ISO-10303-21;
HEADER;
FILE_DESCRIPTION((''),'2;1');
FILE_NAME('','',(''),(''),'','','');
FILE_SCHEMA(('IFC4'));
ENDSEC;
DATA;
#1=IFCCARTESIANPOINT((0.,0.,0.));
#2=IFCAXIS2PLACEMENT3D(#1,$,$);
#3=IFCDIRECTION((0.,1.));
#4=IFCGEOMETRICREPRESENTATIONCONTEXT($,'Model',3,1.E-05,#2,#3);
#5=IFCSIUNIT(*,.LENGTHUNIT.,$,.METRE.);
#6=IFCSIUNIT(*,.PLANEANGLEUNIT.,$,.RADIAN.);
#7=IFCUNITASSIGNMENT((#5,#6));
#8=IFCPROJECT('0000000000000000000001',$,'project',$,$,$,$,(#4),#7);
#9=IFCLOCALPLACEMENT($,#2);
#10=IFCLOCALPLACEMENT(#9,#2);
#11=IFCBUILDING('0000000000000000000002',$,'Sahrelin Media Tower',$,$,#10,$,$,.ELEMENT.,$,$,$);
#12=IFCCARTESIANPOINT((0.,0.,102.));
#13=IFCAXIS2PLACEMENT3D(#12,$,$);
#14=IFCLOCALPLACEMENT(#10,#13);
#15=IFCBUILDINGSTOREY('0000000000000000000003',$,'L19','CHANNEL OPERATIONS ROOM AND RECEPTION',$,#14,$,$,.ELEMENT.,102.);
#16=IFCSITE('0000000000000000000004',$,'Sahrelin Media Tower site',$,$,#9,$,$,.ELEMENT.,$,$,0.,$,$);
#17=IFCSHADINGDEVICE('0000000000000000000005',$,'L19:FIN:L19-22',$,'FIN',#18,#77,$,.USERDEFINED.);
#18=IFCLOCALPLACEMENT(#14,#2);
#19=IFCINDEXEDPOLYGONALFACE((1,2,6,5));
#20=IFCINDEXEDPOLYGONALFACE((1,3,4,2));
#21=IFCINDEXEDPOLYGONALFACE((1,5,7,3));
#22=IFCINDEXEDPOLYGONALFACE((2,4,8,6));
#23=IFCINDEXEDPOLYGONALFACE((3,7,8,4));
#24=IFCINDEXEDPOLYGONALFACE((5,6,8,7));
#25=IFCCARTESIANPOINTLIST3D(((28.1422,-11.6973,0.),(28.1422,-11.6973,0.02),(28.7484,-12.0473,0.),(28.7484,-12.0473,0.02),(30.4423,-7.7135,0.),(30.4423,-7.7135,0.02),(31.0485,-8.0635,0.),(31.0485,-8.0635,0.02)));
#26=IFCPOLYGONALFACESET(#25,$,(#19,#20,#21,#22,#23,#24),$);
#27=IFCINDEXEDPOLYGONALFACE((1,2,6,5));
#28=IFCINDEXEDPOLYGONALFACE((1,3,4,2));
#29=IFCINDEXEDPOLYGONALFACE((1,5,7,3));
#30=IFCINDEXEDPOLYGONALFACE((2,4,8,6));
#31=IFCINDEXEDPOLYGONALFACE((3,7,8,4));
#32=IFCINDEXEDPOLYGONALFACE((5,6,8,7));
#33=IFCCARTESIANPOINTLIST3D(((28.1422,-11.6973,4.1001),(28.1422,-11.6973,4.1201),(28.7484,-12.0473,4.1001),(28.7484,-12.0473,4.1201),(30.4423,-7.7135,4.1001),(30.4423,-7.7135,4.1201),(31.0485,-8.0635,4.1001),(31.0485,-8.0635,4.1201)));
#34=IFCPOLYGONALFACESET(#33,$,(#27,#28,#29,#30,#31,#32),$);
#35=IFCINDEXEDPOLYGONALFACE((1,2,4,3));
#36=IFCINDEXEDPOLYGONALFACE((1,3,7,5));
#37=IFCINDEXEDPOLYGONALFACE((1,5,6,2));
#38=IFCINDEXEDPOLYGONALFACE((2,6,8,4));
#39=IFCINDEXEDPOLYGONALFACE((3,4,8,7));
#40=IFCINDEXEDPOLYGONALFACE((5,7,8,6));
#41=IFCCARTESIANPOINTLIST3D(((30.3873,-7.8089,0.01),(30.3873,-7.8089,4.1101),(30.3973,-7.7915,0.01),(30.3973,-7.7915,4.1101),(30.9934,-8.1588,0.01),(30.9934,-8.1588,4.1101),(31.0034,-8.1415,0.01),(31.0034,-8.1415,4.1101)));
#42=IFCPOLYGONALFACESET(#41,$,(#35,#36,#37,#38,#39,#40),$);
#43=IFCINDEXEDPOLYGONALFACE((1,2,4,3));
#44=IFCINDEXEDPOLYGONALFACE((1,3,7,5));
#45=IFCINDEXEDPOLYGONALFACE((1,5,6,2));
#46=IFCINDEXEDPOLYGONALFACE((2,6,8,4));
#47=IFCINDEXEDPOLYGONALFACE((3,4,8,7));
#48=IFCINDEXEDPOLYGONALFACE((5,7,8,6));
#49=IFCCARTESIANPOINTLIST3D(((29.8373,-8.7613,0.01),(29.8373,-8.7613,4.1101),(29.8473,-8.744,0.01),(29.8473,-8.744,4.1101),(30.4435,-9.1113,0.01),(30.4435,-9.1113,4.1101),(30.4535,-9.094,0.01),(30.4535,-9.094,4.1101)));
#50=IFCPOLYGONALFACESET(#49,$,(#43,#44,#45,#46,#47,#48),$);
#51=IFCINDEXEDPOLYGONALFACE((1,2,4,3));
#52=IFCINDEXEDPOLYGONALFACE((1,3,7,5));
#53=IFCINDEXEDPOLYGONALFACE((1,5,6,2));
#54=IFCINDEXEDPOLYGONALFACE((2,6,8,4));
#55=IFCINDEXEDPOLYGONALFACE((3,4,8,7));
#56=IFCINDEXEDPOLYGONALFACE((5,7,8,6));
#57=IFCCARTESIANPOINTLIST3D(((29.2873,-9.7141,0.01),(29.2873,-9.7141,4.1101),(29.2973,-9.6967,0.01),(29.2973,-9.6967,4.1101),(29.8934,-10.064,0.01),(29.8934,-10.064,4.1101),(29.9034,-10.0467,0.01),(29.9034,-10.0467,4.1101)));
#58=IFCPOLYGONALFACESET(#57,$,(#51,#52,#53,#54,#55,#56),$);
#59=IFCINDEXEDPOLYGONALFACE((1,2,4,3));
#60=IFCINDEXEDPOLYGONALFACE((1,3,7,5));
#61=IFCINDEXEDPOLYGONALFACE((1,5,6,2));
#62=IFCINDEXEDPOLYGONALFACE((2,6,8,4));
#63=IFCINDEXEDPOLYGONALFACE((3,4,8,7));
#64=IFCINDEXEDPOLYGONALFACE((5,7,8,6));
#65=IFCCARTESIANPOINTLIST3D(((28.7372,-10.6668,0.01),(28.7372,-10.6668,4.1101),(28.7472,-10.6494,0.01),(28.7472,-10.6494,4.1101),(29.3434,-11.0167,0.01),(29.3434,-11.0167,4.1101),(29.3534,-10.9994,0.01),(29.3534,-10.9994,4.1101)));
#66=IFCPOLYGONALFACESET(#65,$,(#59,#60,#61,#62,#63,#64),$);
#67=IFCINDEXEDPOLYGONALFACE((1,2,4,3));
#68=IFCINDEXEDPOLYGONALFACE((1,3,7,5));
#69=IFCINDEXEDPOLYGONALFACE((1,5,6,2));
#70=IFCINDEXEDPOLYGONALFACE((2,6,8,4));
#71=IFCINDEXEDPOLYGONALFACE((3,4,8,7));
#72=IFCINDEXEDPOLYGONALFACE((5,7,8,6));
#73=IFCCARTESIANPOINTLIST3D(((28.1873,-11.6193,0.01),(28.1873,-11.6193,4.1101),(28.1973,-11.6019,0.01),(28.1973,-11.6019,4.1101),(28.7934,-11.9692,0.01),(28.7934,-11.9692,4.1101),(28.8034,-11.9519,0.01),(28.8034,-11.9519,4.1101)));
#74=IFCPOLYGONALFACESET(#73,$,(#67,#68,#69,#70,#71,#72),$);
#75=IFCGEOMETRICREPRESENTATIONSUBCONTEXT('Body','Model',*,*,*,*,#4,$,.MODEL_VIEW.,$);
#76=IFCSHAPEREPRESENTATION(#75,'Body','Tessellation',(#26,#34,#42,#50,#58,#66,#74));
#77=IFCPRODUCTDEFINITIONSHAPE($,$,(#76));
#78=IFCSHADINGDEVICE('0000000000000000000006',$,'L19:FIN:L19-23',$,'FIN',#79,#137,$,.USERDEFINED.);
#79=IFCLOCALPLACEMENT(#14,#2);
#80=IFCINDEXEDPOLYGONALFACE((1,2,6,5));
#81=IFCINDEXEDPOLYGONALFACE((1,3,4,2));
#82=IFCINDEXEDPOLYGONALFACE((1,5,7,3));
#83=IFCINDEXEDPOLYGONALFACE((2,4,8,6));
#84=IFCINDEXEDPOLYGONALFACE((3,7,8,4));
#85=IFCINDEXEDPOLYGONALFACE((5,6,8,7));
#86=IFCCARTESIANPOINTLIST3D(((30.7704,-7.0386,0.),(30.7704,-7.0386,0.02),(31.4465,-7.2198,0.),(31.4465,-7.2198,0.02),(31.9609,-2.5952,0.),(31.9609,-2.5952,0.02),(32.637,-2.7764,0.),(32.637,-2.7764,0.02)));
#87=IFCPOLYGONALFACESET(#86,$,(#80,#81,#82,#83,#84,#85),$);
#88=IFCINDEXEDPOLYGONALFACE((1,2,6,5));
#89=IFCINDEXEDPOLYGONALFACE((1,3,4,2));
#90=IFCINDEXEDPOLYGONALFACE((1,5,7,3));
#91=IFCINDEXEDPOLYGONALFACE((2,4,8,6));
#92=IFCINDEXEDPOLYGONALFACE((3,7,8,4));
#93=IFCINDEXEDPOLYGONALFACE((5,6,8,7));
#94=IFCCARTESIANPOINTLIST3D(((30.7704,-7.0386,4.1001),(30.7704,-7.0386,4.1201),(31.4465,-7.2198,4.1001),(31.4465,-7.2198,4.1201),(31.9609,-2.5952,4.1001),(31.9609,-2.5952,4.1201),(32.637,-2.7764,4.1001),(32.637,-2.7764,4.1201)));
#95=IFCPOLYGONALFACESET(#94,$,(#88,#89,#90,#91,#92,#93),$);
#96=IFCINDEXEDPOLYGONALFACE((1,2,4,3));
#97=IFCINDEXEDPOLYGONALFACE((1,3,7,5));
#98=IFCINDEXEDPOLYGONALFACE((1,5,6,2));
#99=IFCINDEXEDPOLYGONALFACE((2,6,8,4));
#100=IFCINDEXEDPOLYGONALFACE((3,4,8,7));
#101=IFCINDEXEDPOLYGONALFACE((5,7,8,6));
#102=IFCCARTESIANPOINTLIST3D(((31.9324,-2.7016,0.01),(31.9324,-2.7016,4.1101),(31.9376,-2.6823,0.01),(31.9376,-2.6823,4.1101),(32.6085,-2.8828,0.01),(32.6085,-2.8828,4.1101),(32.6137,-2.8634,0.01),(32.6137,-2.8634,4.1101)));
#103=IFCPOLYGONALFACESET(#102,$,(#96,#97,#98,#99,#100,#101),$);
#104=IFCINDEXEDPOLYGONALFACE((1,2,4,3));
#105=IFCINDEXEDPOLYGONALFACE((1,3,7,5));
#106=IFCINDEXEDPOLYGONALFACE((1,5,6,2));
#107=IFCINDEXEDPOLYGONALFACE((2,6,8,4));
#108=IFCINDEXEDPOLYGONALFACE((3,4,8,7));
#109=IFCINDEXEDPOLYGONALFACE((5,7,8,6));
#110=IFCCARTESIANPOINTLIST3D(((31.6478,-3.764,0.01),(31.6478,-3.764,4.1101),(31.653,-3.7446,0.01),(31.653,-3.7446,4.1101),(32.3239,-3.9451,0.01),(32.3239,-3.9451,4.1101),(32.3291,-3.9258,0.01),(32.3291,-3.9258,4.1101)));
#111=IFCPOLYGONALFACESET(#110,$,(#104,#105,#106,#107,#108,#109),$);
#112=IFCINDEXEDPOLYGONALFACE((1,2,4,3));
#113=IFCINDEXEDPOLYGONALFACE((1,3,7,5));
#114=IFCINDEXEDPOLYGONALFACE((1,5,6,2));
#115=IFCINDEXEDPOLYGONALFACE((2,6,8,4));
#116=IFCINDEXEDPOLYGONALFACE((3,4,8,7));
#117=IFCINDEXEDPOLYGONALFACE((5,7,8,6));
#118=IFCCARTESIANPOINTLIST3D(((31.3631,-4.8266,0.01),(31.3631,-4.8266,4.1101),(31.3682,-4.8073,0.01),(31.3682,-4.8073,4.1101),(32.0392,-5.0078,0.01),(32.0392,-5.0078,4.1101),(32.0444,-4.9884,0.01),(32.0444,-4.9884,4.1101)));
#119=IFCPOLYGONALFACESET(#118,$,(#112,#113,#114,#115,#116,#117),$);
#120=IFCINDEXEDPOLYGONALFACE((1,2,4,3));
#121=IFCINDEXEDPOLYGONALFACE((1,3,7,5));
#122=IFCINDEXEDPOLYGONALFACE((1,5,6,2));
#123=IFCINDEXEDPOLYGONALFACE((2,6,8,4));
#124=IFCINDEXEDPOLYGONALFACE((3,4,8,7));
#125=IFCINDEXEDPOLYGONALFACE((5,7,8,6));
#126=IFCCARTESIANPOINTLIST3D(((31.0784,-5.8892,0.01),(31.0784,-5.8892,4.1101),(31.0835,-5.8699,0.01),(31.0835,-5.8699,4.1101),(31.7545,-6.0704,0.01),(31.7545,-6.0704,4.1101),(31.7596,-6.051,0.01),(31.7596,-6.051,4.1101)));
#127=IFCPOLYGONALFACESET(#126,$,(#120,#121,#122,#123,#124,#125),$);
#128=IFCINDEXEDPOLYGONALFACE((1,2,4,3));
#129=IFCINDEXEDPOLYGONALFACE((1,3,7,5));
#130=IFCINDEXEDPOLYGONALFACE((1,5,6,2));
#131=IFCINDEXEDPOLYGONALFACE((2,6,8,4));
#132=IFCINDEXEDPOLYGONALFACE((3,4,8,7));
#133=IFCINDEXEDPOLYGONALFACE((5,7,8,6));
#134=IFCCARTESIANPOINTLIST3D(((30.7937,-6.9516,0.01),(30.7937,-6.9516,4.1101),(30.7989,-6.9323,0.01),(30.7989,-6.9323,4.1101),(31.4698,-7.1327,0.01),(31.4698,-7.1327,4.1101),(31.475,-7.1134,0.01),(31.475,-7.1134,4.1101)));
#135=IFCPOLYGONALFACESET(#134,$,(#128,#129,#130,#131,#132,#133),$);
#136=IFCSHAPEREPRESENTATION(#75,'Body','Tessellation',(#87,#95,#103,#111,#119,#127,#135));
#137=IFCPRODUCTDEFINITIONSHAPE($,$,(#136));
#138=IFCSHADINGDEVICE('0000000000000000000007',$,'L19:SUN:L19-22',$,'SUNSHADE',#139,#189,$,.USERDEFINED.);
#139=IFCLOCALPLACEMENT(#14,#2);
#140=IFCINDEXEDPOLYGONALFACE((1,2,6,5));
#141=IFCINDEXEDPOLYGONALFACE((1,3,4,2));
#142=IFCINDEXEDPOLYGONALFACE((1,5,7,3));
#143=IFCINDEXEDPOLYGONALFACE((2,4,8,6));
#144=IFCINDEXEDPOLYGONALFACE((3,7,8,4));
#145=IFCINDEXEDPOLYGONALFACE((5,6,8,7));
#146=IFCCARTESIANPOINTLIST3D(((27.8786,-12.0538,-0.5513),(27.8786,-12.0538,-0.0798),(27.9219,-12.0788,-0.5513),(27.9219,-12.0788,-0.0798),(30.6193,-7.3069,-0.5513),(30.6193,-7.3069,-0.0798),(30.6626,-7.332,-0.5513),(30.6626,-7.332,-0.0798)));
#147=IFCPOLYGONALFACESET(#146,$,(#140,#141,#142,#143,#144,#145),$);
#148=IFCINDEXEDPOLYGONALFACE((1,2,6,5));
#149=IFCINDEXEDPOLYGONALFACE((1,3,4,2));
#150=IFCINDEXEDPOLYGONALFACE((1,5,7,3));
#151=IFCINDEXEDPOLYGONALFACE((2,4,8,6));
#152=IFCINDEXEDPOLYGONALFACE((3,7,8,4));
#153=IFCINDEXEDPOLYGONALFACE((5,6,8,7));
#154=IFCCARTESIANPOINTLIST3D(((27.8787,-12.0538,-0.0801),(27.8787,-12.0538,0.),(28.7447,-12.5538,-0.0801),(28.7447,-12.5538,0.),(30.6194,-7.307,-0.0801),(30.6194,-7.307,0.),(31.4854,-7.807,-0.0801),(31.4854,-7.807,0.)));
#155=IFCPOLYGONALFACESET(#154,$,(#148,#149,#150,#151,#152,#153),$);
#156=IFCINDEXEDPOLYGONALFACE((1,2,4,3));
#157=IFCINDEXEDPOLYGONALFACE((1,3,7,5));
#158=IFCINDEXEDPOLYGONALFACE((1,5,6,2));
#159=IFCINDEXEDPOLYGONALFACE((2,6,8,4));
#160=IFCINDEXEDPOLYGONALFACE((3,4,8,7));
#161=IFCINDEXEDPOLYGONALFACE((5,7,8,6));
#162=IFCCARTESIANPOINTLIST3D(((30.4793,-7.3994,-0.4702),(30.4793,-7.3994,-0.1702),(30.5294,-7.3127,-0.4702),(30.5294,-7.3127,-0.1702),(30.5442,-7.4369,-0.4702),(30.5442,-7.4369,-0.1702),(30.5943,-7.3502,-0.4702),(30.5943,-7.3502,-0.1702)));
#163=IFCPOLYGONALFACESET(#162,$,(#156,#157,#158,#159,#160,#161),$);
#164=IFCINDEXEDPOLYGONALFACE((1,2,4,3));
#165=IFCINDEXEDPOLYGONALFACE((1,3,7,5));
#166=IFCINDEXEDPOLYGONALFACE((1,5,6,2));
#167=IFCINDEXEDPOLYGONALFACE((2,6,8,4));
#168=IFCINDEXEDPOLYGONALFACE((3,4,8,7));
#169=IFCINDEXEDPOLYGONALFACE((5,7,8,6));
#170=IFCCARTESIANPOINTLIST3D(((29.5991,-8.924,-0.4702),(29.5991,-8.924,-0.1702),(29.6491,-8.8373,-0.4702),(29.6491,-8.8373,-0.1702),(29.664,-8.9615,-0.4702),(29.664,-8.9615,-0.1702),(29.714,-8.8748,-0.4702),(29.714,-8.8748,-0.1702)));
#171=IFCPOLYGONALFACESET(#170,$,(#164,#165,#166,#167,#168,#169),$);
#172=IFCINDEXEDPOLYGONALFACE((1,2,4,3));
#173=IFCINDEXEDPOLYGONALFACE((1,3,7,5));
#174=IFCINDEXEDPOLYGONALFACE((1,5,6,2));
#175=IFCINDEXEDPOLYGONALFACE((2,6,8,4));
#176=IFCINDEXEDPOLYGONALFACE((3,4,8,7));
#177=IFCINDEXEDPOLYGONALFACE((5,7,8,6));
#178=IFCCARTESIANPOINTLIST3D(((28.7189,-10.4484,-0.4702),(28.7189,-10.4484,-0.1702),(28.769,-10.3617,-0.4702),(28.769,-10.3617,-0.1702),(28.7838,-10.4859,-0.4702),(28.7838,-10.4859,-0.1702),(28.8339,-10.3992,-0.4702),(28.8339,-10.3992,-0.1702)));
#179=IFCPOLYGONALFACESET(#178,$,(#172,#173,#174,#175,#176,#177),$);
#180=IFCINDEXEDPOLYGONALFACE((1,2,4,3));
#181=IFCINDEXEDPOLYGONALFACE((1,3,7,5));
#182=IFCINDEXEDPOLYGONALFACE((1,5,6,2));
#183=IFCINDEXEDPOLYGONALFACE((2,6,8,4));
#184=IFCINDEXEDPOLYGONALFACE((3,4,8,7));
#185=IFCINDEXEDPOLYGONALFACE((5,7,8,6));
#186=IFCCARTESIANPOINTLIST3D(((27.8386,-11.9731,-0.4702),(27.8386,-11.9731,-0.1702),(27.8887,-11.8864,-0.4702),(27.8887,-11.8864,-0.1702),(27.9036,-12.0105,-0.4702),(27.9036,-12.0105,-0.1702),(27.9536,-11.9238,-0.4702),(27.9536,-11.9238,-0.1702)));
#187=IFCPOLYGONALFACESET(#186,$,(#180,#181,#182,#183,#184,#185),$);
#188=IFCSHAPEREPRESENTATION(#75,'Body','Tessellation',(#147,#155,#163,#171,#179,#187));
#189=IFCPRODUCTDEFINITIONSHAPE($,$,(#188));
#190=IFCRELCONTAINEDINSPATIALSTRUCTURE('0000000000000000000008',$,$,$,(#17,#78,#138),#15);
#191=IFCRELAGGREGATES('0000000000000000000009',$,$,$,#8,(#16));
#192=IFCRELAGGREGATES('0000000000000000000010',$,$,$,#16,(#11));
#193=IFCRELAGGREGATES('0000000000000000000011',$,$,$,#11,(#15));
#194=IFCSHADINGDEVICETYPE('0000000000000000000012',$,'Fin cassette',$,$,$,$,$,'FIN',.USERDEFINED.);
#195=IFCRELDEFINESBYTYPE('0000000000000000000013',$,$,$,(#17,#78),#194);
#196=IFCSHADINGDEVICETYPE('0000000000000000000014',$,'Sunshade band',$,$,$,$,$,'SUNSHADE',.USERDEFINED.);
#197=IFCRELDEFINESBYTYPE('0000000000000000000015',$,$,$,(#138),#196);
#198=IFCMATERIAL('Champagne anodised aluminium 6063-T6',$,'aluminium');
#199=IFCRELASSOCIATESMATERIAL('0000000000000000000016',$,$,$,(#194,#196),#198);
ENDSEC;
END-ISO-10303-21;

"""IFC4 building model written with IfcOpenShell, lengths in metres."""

from ifc_helpers import new_model, si_unit, direction, frame, origin, origin_2d, place, context, subcontext, project, spatial, rectangle, extrude, material, type_object, element, save


model = new_model("IFC4")

# Units and contexts
model_context = context("Model", 3, precision=1e-05, world=origin(), true_north=direction((0.0, 1.0)))
body_context = subcontext(model_context, "Body", "Model", "MODEL_VIEW")
ifc_project = project(units=[si_unit("LENGTHUNIT", "METRE"), si_unit("PLANEANGLEUNIT", "RADIAN")], contexts=[model_context])

# Site, building, storey
site_placement = place(None, origin())
site = spatial("IfcSite", under=ifc_project, at=site_placement, Name="Sahrelin Media Tower site", CompositionType="ELEMENT", RefElevation=0.0)
building_placement = place(site_placement, origin())
building = spatial("IfcBuilding", under=site, at=building_placement, Name="Sahrelin Media Tower", CompositionType="ELEMENT")
storey_placement = place(building_placement, frame((0.0, 0.0, 102.0)))
storey = spatial("IfcBuildingStorey", under=building, at=storey_placement, Name="L19", Description="CHANNEL OPERATIONS ROOM AND RECEPTION", CompositionType="ELEMENT", Elevation=102.0)

# Shared definitions
ifc_material_1 = material(Name="Champagne anodised aluminium 6063-T6", Category="aluminium")

# Shading devices
shading_device_type_1 = type_object("IfcShadingDeviceType", Name="Fin cassette", ElementType="FIN", PredefinedType="USERDEFINED", material=ifc_material_1)
placement_1 = place(storey_placement, frame((29.2317, -9.6704, 0.0), z_axis=(0.0, 0.0, 1.0), x_axis=(-0.500011, -0.866019, 0.0)))
element("IfcShadingDevice", 1, at=placement_1, inside=storey, type_object=shading_device_type_1, Name="L19:FIN:L19-22", ObjectType="FIN", PredefinedType="USERDEFINED", context=body_context, shape_type="SweptSolid", body=[
    extrude(rectangle(XDim=4.6001, YDim=0.7, at=origin_2d()), frame((0.0, 0.4199, 0.0)), (0.0, 0.0, 1.0), 0.02),
    extrude(rectangle(XDim=4.6001, YDim=0.7, at=origin_2d()), frame((0.0, 0.4199, 4.1001)), (0.0, 0.0, 1.0), 0.02),
    extrude(rectangle(XDim=0.02, YDim=0.7, at=origin_2d()), frame((-2.2, 0.4199, 0.01), z_axis=(0.0, 0.0, 1.0), x_axis=(1.0, 0.0, 0.0)), (0.0, 0.0, 1.0), 4.1001),
    extrude(rectangle(XDim=0.02, YDim=0.7, at=origin_2d()), frame((-1.1001, 0.4199, 0.01), z_axis=(0.0, 0.0, 1.0), x_axis=(1.0, 0.0, 0.0)), (0.0, 0.0, 1.0), 4.1001),
    extrude(rectangle(XDim=0.02, YDim=0.7, at=origin_2d()), frame((0.0, 0.4199, 0.01), z_axis=(0.0, 0.0, 1.0), x_axis=(1.0, 0.0, 0.0)), (0.0, 0.0, 1.0), 4.1001),
    extrude(rectangle(XDim=0.02, YDim=0.7, at=origin_2d()), frame((1.1001, 0.4199, 0.01), z_axis=(0.0, 0.0, 1.0), x_axis=(1.0, 0.0, 0.0)), (0.0, 0.0, 1.0), 4.1001),
    extrude(rectangle(XDim=0.02, YDim=0.7, at=origin_2d()), frame((2.2, 0.4199, 0.01), z_axis=(0.0, 0.0, 1.0), x_axis=(1.0, 0.0, 0.0)), (0.0, 0.0, 1.0), 4.1001),
])
placement_2 = place(storey_placement, frame((31.2981, -4.7988, 0.0), z_axis=(0.0, 0.0, 1.0), x_axis=(-0.258808, -0.965929, 0.0)))
element("IfcShadingDevice", 2, at=placement_2, inside=storey, type_object=shading_device_type_1, Name="L19:FIN:L19-23", ObjectType="FIN", PredefinedType="USERDEFINED", context=body_context, shape_type="SweptSolid", body=[
    extrude(rectangle(XDim=4.6001, YDim=0.7, at=origin_2d()), frame((0.0, 0.4199, 0.0)), (0.0, 0.0, 1.0), 0.02),
    extrude(rectangle(XDim=4.6001, YDim=0.7, at=origin_2d()), frame((0.0, 0.4199, 4.1001)), (0.0, 0.0, 1.0), 0.02),
    extrude(rectangle(XDim=0.02, YDim=0.7, at=origin_2d()), frame((-2.2, 0.4199, 0.01), z_axis=(0.0, 0.0, 1.0), x_axis=(1.0, 0.0, 0.0)), (0.0, 0.0, 1.0), 4.1001),
    extrude(rectangle(XDim=0.02, YDim=0.7, at=origin_2d()), frame((-1.1001, 0.4199, 0.01), z_axis=(0.0, 0.0, 1.0), x_axis=(1.0, 0.0, 0.0)), (0.0, 0.0, 1.0), 4.1001),
    extrude(rectangle(XDim=0.02, YDim=0.7, at=origin_2d()), frame((0.0, 0.4199, 0.01), z_axis=(0.0, 0.0, 1.0), x_axis=(1.0, 0.0, 0.0)), (0.0, 0.0, 1.0), 4.1001),
    extrude(rectangle(XDim=0.02, YDim=0.7, at=origin_2d()), frame((1.1001, 0.4199, 0.01), z_axis=(0.0, 0.0, 1.0), x_axis=(1.0, 0.0, 0.0)), (0.0, 0.0, 1.0), 4.1001),
    extrude(rectangle(XDim=0.02, YDim=0.7, at=origin_2d()), frame((2.2, 0.4199, 0.01), z_axis=(0.0, 0.0, 1.0), x_axis=(1.0, 0.0, 0.0)), (0.0, 0.0, 1.0), 4.1001),
])
shading_device_type_2 = type_object("IfcShadingDeviceType", Name="Sunshade band", ElementType="SUNSHADE", PredefinedType="USERDEFINED", material=ifc_material_1)
element("IfcShadingDevice", 3, at=placement_1, inside=storey, type_object=shading_device_type_2, Name="L19:SUN:L19-22", ObjectType="SUNSHADE", PredefinedType="USERDEFINED", context=body_context, shape_type="SweptSolid", body=[
    extrude(rectangle(XDim=5.4812, YDim=0.05, at=origin_2d()), frame((0.0, 0.0449, -0.5513)), (0.0, 0.0, 1.0), 0.4714),
    extrude(rectangle(XDim=5.4812, YDim=1.0, at=origin_2d()), frame((0.0, 0.52, -0.0801)), (0.0, 0.0, 1.0), 0.0801),
    extrude(rectangle(XDim=0.1001, YDim=0.075, at=origin_2d()), frame((-2.6406, -0.0176, -0.4702)), (0.0, 0.0, 1.0), 0.3),
    extrude(rectangle(XDim=0.1001, YDim=0.075, at=origin_2d()), frame((-0.8801, -0.0176, -0.4702)), (0.0, 0.0, 1.0), 0.3),
    extrude(rectangle(XDim=0.1001, YDim=0.075, at=origin_2d()), frame((0.8801, -0.0176, -0.4702)), (0.0, 0.0, 1.0), 0.3),
    extrude(rectangle(XDim=0.1001, YDim=0.075, at=origin_2d()), frame((2.6406, -0.0176, -0.4702)), (0.0, 0.0, 1.0), 0.3),
])

save(model, "model.ifc")
